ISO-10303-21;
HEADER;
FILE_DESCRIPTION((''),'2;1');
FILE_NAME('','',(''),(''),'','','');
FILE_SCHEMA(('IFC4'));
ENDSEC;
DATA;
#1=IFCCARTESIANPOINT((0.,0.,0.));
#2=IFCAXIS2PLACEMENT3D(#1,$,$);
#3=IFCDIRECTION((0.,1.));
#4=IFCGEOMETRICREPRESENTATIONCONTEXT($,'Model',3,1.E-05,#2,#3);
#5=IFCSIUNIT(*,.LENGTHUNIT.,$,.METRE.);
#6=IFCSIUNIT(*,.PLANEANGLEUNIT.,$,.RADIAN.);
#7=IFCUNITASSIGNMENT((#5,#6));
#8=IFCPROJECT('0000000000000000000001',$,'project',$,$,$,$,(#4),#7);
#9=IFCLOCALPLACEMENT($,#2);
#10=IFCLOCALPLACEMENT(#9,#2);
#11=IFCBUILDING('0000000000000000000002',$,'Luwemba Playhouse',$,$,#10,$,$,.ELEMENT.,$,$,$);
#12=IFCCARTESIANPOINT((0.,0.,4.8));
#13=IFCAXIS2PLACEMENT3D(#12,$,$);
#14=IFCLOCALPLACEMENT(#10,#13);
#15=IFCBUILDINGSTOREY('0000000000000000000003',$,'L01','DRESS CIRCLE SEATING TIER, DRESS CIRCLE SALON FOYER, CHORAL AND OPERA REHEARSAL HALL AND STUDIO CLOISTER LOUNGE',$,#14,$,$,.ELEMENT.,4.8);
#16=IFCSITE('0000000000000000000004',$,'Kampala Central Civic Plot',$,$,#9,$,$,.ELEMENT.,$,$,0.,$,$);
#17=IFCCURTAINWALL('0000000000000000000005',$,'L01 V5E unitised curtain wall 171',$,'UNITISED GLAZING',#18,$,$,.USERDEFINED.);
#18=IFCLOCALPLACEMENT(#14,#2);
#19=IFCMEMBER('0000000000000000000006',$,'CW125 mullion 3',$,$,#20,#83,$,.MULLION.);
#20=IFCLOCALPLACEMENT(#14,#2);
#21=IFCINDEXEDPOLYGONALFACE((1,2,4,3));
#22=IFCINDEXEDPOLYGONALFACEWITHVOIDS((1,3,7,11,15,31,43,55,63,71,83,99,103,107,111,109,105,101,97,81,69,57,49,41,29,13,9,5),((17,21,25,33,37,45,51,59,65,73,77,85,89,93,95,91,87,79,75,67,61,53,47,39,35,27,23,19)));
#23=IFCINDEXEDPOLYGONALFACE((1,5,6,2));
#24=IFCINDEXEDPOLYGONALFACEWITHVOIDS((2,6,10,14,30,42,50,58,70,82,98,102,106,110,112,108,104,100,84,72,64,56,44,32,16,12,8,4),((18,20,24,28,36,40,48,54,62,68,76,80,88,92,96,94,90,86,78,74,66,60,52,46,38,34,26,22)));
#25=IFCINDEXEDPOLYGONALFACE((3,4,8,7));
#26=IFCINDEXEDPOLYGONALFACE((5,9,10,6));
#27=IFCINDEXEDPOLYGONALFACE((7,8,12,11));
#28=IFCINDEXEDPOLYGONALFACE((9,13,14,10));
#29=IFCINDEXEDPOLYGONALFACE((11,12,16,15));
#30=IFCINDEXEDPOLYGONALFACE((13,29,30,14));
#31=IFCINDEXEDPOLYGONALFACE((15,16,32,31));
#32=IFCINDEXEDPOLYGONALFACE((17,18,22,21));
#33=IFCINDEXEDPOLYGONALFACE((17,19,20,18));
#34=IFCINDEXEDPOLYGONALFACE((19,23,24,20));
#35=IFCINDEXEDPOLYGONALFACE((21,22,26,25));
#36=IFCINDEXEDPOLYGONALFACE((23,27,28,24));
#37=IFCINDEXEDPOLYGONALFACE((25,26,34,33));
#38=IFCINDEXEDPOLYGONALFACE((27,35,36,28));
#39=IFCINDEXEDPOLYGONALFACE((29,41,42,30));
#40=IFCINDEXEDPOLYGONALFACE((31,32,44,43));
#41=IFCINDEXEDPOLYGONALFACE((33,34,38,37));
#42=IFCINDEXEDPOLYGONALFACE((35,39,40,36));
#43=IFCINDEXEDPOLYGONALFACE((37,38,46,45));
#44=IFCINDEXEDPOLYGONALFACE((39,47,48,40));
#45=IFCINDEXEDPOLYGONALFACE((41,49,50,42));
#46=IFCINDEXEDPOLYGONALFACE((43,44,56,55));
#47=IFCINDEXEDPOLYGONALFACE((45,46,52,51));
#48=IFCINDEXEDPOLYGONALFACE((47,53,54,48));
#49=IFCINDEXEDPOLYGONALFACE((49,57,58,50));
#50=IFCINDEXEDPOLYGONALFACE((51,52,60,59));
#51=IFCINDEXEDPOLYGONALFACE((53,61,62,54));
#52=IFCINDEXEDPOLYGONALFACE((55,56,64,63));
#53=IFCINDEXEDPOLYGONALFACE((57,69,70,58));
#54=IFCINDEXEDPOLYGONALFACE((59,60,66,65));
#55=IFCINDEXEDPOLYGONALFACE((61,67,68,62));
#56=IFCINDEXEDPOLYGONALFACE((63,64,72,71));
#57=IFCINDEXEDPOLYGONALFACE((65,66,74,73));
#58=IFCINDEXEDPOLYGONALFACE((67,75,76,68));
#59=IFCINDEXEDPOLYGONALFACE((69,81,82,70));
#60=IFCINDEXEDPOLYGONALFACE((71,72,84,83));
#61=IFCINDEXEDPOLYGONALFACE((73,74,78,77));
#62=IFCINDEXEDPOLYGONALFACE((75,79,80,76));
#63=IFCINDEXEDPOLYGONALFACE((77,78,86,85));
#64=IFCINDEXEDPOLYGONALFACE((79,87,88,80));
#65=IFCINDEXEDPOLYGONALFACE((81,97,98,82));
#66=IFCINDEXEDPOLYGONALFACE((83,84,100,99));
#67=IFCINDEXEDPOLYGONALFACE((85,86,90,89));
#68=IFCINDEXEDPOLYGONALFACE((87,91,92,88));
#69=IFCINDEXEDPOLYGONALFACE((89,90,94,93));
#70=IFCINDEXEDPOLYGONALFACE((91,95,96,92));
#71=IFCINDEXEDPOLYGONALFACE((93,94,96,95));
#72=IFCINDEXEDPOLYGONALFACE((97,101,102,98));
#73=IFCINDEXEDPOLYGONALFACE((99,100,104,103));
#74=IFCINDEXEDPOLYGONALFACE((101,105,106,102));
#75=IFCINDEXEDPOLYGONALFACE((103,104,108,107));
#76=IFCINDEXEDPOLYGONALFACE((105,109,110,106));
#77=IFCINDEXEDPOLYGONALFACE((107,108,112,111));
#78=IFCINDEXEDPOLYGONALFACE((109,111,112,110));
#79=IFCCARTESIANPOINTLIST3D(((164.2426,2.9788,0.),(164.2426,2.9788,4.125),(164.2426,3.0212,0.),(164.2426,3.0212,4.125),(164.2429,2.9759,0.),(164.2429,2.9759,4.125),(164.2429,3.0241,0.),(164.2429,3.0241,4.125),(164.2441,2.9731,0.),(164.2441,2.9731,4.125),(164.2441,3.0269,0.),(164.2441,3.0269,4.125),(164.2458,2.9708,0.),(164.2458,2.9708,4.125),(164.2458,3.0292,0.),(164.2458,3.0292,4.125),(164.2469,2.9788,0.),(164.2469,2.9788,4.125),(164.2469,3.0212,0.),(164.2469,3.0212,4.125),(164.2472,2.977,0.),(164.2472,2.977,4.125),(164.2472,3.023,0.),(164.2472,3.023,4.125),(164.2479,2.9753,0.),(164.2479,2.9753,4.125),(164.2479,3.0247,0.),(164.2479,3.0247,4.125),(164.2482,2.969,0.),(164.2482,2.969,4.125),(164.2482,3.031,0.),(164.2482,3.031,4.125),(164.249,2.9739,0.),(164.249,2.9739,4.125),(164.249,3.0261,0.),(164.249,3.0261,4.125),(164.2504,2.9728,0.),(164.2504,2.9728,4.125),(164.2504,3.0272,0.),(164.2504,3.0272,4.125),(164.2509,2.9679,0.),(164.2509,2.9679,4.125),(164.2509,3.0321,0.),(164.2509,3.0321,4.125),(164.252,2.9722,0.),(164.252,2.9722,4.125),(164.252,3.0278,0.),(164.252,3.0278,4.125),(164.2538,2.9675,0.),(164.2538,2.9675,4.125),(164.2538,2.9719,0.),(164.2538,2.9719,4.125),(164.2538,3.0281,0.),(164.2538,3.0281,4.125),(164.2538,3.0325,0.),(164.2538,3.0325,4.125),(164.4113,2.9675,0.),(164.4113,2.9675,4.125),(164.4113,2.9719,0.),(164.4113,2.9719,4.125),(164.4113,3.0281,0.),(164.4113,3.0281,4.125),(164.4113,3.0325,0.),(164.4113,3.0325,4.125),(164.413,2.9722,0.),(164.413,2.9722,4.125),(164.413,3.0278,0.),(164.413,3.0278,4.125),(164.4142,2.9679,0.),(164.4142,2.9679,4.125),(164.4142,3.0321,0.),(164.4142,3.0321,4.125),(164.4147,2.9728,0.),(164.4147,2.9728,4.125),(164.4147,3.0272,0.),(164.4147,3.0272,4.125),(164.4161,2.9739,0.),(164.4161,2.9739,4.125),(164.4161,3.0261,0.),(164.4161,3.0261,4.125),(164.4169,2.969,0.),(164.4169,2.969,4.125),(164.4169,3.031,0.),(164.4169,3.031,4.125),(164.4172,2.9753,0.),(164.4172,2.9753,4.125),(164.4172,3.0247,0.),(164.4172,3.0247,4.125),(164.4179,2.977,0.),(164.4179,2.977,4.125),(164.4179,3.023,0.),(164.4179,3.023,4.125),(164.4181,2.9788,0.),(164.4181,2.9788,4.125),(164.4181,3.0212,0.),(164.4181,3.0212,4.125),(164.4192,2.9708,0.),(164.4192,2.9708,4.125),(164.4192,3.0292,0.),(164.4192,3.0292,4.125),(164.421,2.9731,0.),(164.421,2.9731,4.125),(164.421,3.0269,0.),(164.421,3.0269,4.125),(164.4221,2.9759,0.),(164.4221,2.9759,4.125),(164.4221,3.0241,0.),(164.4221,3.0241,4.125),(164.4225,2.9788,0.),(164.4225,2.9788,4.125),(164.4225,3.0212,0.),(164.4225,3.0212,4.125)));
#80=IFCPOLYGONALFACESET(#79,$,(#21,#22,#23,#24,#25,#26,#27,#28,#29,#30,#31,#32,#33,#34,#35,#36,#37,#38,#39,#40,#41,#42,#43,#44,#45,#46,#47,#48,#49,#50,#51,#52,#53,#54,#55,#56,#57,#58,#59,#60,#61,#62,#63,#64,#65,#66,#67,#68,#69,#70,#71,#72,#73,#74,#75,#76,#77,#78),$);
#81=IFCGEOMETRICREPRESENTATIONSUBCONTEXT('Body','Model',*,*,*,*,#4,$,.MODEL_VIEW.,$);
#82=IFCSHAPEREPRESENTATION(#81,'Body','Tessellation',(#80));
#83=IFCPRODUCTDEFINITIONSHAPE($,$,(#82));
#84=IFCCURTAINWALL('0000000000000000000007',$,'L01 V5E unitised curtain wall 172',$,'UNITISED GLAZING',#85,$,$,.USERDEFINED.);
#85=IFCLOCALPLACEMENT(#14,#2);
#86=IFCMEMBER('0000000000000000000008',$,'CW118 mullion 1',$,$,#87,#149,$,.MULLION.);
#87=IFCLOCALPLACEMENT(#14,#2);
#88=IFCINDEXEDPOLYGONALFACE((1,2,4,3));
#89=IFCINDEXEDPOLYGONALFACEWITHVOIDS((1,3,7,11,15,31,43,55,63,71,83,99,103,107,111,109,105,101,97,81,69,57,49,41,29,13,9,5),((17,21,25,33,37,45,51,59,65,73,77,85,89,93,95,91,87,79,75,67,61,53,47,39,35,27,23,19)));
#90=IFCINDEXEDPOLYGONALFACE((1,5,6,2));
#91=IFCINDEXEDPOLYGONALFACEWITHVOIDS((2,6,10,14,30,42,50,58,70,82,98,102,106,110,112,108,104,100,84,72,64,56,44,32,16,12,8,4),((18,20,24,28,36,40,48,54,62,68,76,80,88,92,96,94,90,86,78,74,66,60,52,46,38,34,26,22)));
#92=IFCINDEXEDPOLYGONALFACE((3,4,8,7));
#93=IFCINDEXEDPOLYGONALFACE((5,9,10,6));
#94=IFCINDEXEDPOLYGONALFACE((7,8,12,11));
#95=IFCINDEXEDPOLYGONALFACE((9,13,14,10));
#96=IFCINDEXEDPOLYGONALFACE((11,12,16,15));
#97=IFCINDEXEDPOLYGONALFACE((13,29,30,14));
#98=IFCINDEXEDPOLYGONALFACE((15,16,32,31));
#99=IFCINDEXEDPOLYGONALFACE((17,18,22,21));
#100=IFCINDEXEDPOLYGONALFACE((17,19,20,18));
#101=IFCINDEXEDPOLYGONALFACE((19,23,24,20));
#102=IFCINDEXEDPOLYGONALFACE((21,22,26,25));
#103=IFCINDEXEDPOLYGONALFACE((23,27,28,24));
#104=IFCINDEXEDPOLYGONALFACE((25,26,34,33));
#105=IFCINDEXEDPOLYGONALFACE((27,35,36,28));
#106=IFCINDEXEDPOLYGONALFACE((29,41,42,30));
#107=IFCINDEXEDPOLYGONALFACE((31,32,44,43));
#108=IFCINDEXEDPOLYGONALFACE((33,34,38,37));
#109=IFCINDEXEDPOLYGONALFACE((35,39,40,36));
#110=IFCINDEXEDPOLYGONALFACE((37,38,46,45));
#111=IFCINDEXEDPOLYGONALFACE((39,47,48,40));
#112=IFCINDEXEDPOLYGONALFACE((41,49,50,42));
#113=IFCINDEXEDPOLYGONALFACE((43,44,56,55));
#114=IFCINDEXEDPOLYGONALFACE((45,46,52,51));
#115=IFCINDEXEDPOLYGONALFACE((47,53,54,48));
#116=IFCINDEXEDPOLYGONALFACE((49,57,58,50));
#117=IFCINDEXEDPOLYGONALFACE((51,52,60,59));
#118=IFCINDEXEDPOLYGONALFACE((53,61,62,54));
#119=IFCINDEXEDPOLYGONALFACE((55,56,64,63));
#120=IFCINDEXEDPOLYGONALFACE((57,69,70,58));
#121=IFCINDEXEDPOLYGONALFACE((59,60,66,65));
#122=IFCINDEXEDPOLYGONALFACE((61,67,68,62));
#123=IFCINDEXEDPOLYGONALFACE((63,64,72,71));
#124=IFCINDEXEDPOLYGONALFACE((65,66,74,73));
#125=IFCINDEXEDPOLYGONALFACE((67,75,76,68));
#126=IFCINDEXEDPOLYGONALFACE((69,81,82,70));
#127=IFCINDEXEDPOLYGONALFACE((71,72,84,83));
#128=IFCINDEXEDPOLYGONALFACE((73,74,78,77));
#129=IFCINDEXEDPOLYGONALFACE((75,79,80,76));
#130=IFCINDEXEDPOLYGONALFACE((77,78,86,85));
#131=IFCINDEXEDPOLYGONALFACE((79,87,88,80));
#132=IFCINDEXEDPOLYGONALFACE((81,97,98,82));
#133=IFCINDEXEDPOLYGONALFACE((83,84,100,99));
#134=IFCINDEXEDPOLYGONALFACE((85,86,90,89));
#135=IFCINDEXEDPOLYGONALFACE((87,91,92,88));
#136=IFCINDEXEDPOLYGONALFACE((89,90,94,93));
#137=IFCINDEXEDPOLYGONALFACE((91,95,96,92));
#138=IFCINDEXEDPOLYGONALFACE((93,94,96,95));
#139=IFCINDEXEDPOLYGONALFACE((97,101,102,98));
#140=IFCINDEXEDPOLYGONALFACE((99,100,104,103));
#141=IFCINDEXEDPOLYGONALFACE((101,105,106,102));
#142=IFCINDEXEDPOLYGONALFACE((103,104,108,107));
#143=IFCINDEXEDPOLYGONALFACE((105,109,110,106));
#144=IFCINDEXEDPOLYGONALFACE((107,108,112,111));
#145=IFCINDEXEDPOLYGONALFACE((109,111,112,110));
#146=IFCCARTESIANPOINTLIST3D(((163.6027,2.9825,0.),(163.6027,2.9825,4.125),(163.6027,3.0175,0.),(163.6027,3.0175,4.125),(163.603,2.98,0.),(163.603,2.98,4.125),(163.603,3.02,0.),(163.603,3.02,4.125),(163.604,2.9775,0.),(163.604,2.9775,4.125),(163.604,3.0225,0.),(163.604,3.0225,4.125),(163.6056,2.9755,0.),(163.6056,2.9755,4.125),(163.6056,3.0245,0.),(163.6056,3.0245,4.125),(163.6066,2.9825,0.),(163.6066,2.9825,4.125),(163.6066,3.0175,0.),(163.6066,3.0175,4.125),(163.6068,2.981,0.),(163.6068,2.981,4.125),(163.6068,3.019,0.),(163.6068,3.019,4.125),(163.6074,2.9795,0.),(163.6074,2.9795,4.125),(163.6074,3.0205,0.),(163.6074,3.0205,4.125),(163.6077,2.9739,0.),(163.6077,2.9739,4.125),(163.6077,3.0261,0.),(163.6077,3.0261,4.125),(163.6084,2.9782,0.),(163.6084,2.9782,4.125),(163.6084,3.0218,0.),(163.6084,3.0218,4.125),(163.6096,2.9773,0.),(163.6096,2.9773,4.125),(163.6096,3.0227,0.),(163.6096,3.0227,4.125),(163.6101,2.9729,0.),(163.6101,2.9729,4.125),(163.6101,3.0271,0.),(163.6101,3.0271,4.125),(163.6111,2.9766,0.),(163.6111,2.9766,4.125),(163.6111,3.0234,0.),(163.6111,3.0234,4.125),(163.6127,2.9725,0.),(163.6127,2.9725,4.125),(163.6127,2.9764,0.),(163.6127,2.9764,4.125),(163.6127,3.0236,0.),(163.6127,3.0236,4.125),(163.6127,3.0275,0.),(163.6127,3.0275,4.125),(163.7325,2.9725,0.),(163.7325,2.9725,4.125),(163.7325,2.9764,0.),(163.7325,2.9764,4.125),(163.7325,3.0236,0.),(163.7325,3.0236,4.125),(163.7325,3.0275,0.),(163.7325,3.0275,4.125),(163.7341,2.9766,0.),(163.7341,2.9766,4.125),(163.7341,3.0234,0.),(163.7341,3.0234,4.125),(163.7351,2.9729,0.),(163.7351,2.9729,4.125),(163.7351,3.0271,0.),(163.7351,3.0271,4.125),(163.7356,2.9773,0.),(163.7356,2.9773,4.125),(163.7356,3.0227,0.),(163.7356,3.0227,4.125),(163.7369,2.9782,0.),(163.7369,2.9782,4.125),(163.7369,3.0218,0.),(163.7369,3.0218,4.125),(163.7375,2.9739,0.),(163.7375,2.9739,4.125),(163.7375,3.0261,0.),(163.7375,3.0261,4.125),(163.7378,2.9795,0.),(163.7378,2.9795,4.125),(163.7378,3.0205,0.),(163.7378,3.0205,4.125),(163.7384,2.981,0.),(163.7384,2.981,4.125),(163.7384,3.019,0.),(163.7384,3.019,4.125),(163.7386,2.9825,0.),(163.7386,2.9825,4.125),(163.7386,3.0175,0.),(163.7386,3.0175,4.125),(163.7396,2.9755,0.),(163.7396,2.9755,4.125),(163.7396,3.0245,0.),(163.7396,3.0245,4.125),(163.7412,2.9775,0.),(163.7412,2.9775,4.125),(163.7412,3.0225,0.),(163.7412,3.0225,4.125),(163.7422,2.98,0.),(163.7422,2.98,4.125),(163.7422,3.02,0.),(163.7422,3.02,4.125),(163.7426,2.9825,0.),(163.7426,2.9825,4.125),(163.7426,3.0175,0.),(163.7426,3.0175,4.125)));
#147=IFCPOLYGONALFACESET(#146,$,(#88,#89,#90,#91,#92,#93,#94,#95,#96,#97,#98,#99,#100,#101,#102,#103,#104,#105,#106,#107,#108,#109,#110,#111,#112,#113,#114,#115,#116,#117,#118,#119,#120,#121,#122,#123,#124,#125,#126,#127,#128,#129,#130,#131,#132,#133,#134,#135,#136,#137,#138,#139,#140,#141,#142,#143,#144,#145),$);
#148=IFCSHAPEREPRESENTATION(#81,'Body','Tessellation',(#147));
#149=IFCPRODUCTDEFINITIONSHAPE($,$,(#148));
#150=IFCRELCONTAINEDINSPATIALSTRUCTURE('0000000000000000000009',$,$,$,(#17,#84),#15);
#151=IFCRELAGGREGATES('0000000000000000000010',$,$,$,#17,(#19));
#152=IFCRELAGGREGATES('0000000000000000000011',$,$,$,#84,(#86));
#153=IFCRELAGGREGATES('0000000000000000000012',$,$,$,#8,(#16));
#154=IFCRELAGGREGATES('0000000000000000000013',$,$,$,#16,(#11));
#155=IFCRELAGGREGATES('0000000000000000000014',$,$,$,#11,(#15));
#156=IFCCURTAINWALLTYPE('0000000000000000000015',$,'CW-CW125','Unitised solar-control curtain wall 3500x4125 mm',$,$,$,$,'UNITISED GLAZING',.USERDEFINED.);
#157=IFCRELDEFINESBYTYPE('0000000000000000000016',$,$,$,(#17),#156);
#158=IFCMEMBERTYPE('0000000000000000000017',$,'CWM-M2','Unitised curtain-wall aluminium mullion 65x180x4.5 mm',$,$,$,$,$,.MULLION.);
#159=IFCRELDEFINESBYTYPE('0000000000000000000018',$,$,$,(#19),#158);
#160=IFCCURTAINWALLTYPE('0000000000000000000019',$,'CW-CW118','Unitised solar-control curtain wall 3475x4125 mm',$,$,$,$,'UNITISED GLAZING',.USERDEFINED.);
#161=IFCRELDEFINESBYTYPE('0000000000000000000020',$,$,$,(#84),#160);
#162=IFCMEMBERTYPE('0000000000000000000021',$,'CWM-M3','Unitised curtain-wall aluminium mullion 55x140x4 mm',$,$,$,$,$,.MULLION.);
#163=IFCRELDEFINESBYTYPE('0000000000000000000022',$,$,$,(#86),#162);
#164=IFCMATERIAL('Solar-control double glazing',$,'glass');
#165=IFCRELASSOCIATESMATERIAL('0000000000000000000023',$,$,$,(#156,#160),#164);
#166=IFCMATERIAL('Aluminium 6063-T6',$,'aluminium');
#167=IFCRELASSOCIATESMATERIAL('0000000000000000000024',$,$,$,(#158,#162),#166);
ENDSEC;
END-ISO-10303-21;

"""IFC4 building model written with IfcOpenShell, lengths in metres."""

from ifc_helpers import new_model, si_unit, direction, frame, origin, origin_2d, place, context, subcontext, project, spatial, hollow_rectangle, extrude, material, material_profile, profile_set, type_object, element, aggregate, save


model = new_model("IFC4")

# Units and contexts
model_context = context("Model", 3, precision=1e-05, world=origin(), true_north=direction((0.0, 1.0)))
body_context = subcontext(model_context, "Body", "Model", "MODEL_VIEW")
ifc_project = project(units=[si_unit("LENGTHUNIT", "METRE"), si_unit("PLANEANGLEUNIT", "RADIAN")], contexts=[model_context])

# Site, building, storey
site_placement = place(None, origin())
site = spatial("IfcSite", under=ifc_project, at=site_placement, Name="Kampala Central Civic Plot", CompositionType="ELEMENT", RefElevation=0.0)
building_placement = place(site_placement, origin())
building = spatial("IfcBuilding", under=site, at=building_placement, Name="Luwemba Playhouse", CompositionType="ELEMENT")
storey_placement = place(building_placement, frame((0.0, 0.0, 4.8)))
storey = spatial("IfcBuildingStorey", under=building, at=storey_placement, Name="L01", Description="DRESS CIRCLE SEATING TIER, DRESS CIRCLE SALON FOYER, CHORAL AND OPERA REHEARSAL HALL AND STUDIO CLOISTER LOUNGE", CompositionType="ELEMENT", Elevation=4.8)

# Shared definitions
ifc_material_1 = material(Name="Solar-control double glazing", Category="glass")
ifc_material_2 = material(Name="Aluminium 6063-T6", Category="aluminium")

# Curtain walls, members
curtain_wall_type_1 = type_object("IfcCurtainWallType", Name="CW-CW125", Description="Unitised solar-control curtain wall 3500x4125 mm", ElementType="UNITISED GLAZING", PredefinedType="USERDEFINED", material=ifc_material_1)
curtain_wall_1_placement = place(storey_placement, origin())
curtain_wall_1 = element("IfcCurtainWall", 1, at=curtain_wall_1_placement, inside=storey, type_object=curtain_wall_type_1, Name="L01 V5E unitised curtain wall 171", ObjectType="UNITISED GLAZING", PredefinedType="USERDEFINED")
ifc_material_profile_1 = material_profile(ifc_material_2, hollow_rectangle(XDim=0.0649, YDim=0.1799, WallThickness=0.0044, InnerFilletRadius=0.0068, OuterFilletRadius=0.0112, at=origin_2d()))
ifc_profile_set_1 = profile_set([ifc_material_profile_1], Name="Aluminium 6063-T6")
member_type_1 = type_object("IfcMemberType", Name="CWM-M2", Description="Unitised curtain-wall aluminium mullion 65x180x4.5 mm", PredefinedType="MULLION", material=ifc_profile_set_1)
member_1_placement = place(storey_placement, frame((164.3325, 3.0, 0.0), z_axis=(0.0, 0.0, 1.0), x_axis=(0.0, -1.0, 0.0)))
member_1 = element("IfcMember", 2, at=member_1_placement, type_object=member_type_1, Name="CW125 mullion 3", PredefinedType="MULLION", context=body_context, shape_type="SweptSolid", body=[
    extrude(hollow_rectangle(XDim=0.0649, YDim=0.1799, WallThickness=0.0044, InnerFilletRadius=0.0068, OuterFilletRadius=0.0112, at=origin_2d()), origin(), (0.0, 0.0, 1.0), 4.125),
])
curtain_wall_type_2 = type_object("IfcCurtainWallType", Name="CW-CW118", Description="Unitised solar-control curtain wall 3475x4125 mm", ElementType="UNITISED GLAZING", PredefinedType="USERDEFINED", material=ifc_material_1)
curtain_wall_2_placement = place(storey_placement, origin())
curtain_wall_2 = element("IfcCurtainWall", 3, at=curtain_wall_2_placement, inside=storey, type_object=curtain_wall_type_2, Name="L01 V5E unitised curtain wall 172", ObjectType="UNITISED GLAZING", PredefinedType="USERDEFINED")
ifc_material_profile_2 = material_profile(ifc_material_2, hollow_rectangle(XDim=0.0549, YDim=0.1399, WallThickness=0.0039, InnerFilletRadius=0.0061, OuterFilletRadius=0.01, at=origin_2d()))
ifc_profile_set_2 = profile_set([ifc_material_profile_2], Name="Aluminium 6063-T6")
member_type_2 = type_object("IfcMemberType", Name="CWM-M3", Description="Unitised curtain-wall aluminium mullion 55x140x4 mm", PredefinedType="MULLION", material=ifc_profile_set_2)
member_2_placement = place(storey_placement, frame((163.6726, 3.0, 0.0), z_axis=(0.0, 0.0, 1.0), x_axis=(0.0, -1.0, 0.0)))
member_2 = element("IfcMember", 4, at=member_2_placement, type_object=member_type_2, Name="CW118 mullion 1", PredefinedType="MULLION", context=body_context, shape_type="SweptSolid", body=[
    extrude(hollow_rectangle(XDim=0.0549, YDim=0.1399, WallThickness=0.0039, InnerFilletRadius=0.0061, OuterFilletRadius=0.01, at=origin_2d()), origin(), (0.0, 0.0, 1.0), 4.125),
])

aggregate(curtain_wall_1, [member_1])
aggregate(curtain_wall_2, [member_2])

save(model, "model.ifc")
